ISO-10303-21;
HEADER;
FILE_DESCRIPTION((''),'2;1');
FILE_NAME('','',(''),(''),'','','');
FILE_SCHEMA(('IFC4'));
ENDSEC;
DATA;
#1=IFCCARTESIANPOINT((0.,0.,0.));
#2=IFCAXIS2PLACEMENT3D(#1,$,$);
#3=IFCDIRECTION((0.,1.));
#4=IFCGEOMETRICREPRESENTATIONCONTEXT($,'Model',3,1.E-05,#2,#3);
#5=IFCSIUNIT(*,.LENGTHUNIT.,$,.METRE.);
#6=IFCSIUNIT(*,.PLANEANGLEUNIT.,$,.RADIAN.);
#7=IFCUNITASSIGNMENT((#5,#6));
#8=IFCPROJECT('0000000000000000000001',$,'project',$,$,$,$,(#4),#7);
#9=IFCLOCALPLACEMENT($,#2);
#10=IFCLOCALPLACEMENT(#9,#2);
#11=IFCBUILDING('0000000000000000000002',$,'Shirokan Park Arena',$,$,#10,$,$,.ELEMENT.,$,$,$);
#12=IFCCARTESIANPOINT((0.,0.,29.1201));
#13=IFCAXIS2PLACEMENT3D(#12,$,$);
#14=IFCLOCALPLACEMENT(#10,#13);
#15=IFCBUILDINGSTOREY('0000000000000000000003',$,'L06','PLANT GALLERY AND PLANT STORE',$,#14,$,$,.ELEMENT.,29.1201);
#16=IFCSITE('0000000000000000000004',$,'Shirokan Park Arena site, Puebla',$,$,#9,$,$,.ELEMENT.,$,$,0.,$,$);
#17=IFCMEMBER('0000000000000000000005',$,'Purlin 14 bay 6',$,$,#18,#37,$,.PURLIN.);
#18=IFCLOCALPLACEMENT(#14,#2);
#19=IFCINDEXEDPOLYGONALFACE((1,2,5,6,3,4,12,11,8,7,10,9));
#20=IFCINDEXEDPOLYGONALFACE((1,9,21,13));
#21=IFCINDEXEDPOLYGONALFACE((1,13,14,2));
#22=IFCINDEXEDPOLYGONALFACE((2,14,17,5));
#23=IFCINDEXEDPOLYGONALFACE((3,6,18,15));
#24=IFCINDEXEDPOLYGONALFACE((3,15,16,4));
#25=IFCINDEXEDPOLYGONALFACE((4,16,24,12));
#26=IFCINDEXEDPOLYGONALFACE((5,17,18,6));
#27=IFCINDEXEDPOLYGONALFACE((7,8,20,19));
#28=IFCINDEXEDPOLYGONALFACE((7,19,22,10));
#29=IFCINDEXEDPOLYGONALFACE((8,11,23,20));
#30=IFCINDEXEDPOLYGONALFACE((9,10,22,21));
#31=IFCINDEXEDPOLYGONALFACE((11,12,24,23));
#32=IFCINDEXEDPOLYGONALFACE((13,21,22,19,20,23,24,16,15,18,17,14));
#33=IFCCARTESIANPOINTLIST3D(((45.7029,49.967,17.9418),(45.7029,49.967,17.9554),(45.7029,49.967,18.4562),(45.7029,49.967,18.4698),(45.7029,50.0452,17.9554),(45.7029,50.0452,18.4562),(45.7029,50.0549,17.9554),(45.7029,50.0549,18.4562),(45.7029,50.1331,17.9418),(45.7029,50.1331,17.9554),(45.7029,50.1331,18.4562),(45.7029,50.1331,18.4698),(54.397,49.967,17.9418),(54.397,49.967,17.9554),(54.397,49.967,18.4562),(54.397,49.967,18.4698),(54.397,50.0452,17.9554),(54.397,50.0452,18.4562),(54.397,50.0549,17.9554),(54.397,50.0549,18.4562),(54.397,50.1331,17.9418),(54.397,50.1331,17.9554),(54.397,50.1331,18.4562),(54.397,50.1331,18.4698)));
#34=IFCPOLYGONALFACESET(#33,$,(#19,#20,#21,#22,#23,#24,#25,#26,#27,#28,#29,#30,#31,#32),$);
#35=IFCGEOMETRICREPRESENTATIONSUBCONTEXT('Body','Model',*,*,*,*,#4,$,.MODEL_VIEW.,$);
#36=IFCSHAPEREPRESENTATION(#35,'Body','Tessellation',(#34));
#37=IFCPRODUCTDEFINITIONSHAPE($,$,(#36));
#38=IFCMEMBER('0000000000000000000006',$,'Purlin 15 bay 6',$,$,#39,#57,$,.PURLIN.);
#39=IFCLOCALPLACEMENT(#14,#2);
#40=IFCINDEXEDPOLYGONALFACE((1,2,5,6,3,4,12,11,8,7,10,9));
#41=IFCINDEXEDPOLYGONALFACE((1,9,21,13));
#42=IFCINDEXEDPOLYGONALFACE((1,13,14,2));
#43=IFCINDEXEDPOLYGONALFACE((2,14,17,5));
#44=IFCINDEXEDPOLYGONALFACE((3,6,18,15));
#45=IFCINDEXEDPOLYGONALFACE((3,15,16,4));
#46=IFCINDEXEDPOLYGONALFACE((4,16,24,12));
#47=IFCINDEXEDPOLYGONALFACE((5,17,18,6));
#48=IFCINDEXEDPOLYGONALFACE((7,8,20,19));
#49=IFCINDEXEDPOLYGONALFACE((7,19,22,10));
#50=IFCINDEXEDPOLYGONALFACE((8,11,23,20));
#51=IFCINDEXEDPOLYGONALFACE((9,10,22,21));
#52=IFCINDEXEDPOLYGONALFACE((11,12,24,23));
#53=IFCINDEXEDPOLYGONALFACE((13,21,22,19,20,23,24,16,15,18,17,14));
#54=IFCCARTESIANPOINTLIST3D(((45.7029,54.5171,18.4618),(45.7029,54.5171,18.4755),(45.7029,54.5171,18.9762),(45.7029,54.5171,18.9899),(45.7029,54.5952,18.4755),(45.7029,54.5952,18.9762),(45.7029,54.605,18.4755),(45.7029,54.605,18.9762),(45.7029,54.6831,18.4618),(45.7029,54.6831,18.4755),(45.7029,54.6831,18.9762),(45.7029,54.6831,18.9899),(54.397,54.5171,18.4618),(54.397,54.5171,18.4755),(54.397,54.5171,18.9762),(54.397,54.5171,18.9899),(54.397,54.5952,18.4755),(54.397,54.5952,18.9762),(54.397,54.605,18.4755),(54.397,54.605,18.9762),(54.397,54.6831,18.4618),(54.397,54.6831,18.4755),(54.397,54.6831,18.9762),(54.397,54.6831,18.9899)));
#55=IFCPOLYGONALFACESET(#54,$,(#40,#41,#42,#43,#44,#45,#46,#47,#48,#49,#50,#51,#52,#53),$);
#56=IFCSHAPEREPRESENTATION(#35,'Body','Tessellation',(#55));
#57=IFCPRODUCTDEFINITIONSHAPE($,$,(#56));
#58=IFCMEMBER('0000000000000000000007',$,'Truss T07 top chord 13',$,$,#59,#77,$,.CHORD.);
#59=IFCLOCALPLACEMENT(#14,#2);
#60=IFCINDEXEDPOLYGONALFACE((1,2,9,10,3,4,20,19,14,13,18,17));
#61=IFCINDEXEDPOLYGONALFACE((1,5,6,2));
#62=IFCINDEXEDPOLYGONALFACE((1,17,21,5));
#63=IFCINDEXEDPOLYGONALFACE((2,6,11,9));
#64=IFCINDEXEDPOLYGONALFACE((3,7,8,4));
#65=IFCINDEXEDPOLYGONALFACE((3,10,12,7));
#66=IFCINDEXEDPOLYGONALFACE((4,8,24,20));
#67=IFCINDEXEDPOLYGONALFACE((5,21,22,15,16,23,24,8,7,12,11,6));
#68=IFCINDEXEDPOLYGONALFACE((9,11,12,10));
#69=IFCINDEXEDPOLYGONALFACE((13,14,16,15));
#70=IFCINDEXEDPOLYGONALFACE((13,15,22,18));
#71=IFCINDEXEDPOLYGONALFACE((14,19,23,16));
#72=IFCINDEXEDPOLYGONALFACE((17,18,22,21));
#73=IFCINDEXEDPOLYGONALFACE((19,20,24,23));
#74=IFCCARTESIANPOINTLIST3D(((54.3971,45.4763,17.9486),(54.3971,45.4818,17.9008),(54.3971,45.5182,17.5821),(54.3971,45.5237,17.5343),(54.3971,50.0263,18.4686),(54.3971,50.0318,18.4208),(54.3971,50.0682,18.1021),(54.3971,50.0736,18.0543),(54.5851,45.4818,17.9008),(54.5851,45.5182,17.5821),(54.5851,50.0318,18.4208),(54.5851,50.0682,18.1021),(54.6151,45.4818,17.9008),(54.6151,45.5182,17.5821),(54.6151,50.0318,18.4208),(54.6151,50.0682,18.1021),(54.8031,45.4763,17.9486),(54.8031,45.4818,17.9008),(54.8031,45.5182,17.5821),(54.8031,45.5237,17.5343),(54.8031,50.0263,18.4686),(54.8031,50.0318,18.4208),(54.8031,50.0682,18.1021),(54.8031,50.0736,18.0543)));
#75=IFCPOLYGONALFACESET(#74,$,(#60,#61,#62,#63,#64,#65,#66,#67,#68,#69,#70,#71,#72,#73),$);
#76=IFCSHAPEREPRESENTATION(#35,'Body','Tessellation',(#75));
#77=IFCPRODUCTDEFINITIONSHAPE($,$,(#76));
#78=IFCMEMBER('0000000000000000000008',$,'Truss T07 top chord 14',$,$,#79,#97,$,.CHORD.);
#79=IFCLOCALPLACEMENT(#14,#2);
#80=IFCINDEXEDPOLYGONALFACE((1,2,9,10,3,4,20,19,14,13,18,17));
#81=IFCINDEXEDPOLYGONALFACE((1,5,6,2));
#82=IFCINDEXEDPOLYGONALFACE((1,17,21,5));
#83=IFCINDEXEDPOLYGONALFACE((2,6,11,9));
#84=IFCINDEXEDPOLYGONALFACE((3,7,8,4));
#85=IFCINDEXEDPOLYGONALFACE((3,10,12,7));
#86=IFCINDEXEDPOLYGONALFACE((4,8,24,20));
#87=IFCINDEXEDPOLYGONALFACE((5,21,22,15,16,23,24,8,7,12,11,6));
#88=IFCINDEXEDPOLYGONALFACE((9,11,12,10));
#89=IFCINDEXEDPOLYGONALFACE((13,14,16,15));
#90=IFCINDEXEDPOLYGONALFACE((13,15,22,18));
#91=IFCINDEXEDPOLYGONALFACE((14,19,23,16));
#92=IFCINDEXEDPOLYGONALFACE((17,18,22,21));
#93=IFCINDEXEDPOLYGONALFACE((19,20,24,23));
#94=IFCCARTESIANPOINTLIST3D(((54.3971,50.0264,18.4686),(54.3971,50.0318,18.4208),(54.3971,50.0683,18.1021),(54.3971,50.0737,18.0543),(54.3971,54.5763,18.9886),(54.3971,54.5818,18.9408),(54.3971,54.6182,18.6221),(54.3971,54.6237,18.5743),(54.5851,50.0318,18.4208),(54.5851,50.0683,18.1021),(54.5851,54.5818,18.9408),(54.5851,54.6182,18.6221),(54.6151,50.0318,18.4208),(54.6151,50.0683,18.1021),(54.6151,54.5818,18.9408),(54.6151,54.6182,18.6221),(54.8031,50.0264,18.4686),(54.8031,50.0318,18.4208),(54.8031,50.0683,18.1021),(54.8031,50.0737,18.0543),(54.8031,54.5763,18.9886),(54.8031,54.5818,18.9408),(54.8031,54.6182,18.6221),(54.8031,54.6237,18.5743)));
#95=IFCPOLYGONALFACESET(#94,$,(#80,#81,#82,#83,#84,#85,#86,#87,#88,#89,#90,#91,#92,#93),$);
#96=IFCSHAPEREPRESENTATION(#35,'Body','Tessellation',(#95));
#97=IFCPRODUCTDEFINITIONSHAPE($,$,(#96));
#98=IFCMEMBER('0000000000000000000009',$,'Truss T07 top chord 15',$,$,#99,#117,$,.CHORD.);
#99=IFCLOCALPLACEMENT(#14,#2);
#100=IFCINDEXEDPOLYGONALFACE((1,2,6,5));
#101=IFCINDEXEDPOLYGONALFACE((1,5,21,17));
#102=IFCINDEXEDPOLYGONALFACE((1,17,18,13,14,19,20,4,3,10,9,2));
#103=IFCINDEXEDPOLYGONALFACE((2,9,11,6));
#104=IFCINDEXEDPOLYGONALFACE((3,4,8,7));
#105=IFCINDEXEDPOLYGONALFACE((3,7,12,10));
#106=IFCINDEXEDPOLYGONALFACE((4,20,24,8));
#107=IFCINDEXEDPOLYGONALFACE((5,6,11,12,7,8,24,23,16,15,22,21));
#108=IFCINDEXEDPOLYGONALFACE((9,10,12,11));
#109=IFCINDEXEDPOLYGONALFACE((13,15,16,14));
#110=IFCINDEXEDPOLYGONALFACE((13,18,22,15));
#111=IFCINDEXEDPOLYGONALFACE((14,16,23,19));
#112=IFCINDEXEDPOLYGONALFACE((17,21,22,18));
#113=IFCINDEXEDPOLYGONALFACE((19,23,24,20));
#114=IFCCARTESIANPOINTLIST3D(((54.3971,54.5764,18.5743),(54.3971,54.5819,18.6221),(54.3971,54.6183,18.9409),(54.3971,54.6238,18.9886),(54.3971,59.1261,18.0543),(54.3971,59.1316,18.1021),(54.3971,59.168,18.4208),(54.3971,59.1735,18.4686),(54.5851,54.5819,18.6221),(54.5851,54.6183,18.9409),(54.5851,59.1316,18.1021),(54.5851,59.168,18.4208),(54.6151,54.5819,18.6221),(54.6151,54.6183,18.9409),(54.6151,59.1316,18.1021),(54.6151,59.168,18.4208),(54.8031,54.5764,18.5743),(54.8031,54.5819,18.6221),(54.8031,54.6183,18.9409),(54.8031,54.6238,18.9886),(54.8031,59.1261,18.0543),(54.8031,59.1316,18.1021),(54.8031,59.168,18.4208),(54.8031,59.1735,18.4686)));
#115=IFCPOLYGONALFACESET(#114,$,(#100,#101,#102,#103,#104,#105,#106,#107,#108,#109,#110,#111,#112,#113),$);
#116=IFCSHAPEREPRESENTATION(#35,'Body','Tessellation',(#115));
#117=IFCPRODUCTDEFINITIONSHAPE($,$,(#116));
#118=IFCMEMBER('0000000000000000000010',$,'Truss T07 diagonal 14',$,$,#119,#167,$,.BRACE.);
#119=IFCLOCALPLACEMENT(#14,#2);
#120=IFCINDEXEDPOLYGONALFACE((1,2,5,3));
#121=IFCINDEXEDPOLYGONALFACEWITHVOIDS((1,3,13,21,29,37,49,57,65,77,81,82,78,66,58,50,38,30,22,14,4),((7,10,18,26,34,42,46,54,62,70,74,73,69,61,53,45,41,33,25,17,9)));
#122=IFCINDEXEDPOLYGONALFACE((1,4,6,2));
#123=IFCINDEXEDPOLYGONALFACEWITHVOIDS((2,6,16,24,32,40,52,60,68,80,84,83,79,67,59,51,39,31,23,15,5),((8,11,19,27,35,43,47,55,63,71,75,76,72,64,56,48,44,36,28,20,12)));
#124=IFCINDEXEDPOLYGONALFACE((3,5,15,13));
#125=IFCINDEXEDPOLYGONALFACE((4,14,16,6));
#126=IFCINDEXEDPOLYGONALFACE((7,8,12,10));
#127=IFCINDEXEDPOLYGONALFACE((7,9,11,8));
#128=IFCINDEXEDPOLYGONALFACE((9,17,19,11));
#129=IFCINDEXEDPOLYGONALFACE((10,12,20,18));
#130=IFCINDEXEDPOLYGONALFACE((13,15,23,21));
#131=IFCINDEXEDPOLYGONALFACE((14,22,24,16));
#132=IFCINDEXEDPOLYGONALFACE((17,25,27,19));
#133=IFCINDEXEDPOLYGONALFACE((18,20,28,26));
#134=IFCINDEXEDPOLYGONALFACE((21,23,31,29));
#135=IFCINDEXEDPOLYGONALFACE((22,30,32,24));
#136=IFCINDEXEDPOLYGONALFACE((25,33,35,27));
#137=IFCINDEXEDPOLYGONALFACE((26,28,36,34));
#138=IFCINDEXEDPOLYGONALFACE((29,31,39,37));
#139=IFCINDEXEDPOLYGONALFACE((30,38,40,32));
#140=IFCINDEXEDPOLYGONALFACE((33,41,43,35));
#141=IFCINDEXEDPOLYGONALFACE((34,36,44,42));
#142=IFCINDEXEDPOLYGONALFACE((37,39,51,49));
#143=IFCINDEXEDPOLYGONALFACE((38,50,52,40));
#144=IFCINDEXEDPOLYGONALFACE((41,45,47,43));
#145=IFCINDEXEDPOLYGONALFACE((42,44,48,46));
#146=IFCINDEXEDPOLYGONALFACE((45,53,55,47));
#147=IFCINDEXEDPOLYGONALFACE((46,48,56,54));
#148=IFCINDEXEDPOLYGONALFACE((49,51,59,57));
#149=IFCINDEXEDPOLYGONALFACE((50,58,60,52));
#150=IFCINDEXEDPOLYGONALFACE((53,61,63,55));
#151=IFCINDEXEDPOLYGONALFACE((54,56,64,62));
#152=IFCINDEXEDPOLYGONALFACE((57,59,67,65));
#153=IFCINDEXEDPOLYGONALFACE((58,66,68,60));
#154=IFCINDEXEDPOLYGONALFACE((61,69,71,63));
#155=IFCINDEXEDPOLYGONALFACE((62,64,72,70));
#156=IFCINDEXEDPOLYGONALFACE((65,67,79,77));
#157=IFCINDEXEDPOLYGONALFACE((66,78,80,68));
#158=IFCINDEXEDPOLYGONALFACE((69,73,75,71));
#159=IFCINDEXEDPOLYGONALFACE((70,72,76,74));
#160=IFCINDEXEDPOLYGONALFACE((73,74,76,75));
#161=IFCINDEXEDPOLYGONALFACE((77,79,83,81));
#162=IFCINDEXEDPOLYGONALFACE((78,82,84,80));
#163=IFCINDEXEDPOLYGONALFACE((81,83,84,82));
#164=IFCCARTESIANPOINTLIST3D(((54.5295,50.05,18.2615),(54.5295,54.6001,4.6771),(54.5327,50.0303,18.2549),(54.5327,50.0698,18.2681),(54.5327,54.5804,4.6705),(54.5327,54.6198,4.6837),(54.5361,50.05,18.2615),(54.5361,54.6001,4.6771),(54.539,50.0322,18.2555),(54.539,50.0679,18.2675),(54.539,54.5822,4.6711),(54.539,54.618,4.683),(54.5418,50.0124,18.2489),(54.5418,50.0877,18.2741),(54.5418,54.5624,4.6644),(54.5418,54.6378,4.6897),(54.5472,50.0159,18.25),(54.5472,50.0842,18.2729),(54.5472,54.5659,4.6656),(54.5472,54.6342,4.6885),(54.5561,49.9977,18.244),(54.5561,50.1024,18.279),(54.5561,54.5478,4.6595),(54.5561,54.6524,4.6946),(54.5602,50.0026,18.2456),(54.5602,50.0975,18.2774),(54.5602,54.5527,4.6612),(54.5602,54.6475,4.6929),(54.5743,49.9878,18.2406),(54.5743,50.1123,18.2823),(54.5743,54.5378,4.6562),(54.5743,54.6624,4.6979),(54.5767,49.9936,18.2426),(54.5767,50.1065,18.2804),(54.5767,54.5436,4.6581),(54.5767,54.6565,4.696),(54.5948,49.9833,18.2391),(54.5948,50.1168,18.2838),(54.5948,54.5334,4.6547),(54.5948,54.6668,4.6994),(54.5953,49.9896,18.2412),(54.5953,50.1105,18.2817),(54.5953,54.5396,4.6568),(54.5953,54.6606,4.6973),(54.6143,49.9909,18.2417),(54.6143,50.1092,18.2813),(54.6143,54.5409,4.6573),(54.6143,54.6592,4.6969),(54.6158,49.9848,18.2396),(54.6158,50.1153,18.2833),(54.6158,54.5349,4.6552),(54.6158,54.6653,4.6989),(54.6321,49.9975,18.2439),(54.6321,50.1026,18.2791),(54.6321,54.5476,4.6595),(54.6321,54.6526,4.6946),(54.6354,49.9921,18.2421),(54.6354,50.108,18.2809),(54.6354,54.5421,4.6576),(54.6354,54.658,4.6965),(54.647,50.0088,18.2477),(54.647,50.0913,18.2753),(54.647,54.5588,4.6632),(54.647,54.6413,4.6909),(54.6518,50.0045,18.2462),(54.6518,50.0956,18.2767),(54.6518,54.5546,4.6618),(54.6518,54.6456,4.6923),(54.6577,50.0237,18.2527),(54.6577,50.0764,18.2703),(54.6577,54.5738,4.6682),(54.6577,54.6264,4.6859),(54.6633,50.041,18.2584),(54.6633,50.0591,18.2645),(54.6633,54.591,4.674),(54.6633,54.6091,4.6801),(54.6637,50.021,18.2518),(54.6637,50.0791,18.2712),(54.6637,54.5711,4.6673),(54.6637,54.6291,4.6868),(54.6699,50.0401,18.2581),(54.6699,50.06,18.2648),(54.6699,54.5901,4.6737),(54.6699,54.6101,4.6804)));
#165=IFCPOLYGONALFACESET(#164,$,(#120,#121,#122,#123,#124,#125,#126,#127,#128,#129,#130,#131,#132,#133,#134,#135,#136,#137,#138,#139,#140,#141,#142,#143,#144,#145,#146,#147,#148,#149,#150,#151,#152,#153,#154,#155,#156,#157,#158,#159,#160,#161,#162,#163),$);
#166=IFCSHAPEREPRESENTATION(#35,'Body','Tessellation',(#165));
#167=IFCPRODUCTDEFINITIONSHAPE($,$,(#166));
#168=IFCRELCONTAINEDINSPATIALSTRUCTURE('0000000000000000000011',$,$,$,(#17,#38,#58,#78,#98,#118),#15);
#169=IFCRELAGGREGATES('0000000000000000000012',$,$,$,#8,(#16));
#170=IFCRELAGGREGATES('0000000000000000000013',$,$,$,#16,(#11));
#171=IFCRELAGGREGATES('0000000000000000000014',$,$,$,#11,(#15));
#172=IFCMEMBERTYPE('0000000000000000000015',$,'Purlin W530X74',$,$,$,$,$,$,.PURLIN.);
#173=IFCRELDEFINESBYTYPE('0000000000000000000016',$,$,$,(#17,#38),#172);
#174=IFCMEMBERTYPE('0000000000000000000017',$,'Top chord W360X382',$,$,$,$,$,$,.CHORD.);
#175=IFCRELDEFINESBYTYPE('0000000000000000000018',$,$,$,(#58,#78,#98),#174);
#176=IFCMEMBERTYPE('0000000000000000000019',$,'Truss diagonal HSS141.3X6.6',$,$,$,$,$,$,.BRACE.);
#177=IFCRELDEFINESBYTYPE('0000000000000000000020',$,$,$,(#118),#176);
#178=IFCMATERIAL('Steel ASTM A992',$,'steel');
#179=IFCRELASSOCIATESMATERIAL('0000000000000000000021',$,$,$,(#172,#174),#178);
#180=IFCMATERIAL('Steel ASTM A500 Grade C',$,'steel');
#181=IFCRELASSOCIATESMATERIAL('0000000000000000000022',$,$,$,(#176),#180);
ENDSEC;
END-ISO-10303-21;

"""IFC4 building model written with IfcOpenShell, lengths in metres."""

from ifc_helpers import new_model, si_unit, direction, frame, origin, origin_2d, place, context, subcontext, project, spatial, hollow_circle, i_section, extrude, material, material_profile, profile_set, type_object, element, save


model = new_model("IFC4")

# Units and contexts
model_context = context("Model", 3, precision=1e-05, world=origin(), true_north=direction((0.0, 1.0)))
body_context = subcontext(model_context, "Body", "Model", "MODEL_VIEW")
ifc_project = project(units=[si_unit("LENGTHUNIT", "METRE"), si_unit("PLANEANGLEUNIT", "RADIAN")], contexts=[model_context])

# Site, building, storey
site_placement = place(None, origin())
site = spatial("IfcSite", under=ifc_project, at=site_placement, Name="Shirokan Park Arena site, Puebla", CompositionType="ELEMENT", RefElevation=0.0)
building_placement = place(site_placement, origin())
building = spatial("IfcBuilding", under=site, at=building_placement, Name="Shirokan Park Arena", CompositionType="ELEMENT")
storey_placement = place(building_placement, frame((0.0, 0.0, 29.1201)))
storey = spatial("IfcBuildingStorey", under=building, at=storey_placement, Name="L06", Description="PLANT GALLERY AND PLANT STORE", CompositionType="ELEMENT", Elevation=29.1201)

# Members
ifc_material_1 = material(Name="Steel ASTM A992", Category="steel")
ifc_material_2 = material(Name="Steel ASTM A500 Grade C", Category="steel")
ifc_material_profile_1 = material_profile(ifc_material_1, i_section(OverallWidth=0.166, OverallDepth=0.5281, WebThickness=0.0098, FlangeThickness=0.0137, at=origin_2d()), Name="W530X74")
ifc_profile_set_1 = profile_set([ifc_material_profile_1], Name="Steel ASTM A992")
member_type_1 = type_object("IfcMemberType", Name="Purlin W530X74", PredefinedType="PURLIN", material=ifc_profile_set_1)
for number, where, z_axis, x_axis, name in (
    (1, (45.7029, 50.05, 18.2058), (1.0, 0.0, 0.0), (0.0, 1.0, 0.0), "Purlin 14 bay 6"),
    (2, (45.7029, 54.6001, 18.7258), (1.0, 0.0, 0.0), (0.0, 1.0, 0.0), "Purlin 15 bay 6"),
):
    element("IfcMember", number, at=place(storey_placement, frame(where, z_axis=z_axis, x_axis=x_axis)), inside=storey, type_object=member_type_1, Name=name, PredefinedType="PURLIN", context=body_context, shape_type="SweptSolid", body=[
        extrude(i_section(OverallWidth=0.166, OverallDepth=0.5281, WebThickness=0.0098, FlangeThickness=0.0137, at=origin_2d()), origin(), (0.0, 0.0, 1.0), 8.6941),
    ])
ifc_material_profile_2 = material_profile(ifc_material_1, i_section(OverallWidth=0.406, OverallDepth=0.417, WebThickness=0.03, FlangeThickness=0.0481, at=origin_2d()), Name="W360X382")
ifc_profile_set_2 = profile_set([ifc_material_profile_2], Name="Steel ASTM A992")
member_type_2 = type_object("IfcMemberType", Name="Top chord W360X382", PredefinedType="CHORD", material=ifc_profile_set_2)
for number, where, z_axis, x_axis, name in (
    (3, (54.6001, 45.5, 17.7415), (0.0, 0.993532, 0.11355), (-1.0, 0.0, 0.0), "Truss T07 top chord 13"),
    (4, (54.6001, 50.05, 18.2615), (0.0, 0.993532, 0.11355), (-1.0, 0.0, 0.0), "Truss T07 top chord 14"),
):
    element("IfcMember", number, at=place(storey_placement, frame(where, z_axis=z_axis, x_axis=x_axis)), inside=storey, type_object=member_type_2, Name=name, PredefinedType="CHORD", context=body_context, shape_type="SweptSolid", body=[
        extrude(i_section(OverallWidth=0.406, OverallDepth=0.417, WebThickness=0.03, FlangeThickness=0.0481, at=origin_2d()), origin(), (0.0, 0.0, 1.0), 4.5796),
    ])
member_1_placement = place(storey_placement, frame((54.6001, 54.6001, 18.7815), z_axis=(0.0, 0.993532, -0.113556), x_axis=(-1.0, 0.0, 0.0)))
element("IfcMember", 5, at=member_1_placement, inside=storey, type_object=member_type_2, Name="Truss T07 top chord 15", PredefinedType="CHORD", context=body_context, shape_type="SweptSolid", body=[
    extrude(i_section(OverallWidth=0.406, OverallDepth=0.417, WebThickness=0.03, FlangeThickness=0.0481, at=origin_2d()), origin(), (0.0, 0.0, 1.0), 4.5793),
])
ifc_material_profile_3 = material_profile(ifc_material_2, hollow_circle(Radius=0.0706, WallThickness=0.0066, at=origin_2d()), Name="HSS141.3X6.6")
ifc_profile_set_3 = profile_set([ifc_material_profile_3], Name="Steel ASTM A500 Grade C")
member_type_3 = type_object("IfcMemberType", Name="Truss diagonal HSS141.3X6.6", PredefinedType="BRACE", material=ifc_profile_set_3)
for number, where, z_axis, x_axis, name in (
    (6, (54.6001, 50.05, 18.2615), (0.0, 0.317603, -0.948224), (-1.0, 0.0, 0.0), "Truss T07 diagonal 14"),
):
    element("IfcMember", number, at=place(storey_placement, frame(where, z_axis=z_axis, x_axis=x_axis)), inside=storey, type_object=member_type_3, Name=name, PredefinedType="BRACE", context=body_context, shape_type="SweptSolid", body=[
        extrude(hollow_circle(Radius=0.0706, WallThickness=0.0066, at=origin_2d()), origin(), (0.0, 0.0, 1.0), 14.3262),
    ])

save(model, "model.ifc")
